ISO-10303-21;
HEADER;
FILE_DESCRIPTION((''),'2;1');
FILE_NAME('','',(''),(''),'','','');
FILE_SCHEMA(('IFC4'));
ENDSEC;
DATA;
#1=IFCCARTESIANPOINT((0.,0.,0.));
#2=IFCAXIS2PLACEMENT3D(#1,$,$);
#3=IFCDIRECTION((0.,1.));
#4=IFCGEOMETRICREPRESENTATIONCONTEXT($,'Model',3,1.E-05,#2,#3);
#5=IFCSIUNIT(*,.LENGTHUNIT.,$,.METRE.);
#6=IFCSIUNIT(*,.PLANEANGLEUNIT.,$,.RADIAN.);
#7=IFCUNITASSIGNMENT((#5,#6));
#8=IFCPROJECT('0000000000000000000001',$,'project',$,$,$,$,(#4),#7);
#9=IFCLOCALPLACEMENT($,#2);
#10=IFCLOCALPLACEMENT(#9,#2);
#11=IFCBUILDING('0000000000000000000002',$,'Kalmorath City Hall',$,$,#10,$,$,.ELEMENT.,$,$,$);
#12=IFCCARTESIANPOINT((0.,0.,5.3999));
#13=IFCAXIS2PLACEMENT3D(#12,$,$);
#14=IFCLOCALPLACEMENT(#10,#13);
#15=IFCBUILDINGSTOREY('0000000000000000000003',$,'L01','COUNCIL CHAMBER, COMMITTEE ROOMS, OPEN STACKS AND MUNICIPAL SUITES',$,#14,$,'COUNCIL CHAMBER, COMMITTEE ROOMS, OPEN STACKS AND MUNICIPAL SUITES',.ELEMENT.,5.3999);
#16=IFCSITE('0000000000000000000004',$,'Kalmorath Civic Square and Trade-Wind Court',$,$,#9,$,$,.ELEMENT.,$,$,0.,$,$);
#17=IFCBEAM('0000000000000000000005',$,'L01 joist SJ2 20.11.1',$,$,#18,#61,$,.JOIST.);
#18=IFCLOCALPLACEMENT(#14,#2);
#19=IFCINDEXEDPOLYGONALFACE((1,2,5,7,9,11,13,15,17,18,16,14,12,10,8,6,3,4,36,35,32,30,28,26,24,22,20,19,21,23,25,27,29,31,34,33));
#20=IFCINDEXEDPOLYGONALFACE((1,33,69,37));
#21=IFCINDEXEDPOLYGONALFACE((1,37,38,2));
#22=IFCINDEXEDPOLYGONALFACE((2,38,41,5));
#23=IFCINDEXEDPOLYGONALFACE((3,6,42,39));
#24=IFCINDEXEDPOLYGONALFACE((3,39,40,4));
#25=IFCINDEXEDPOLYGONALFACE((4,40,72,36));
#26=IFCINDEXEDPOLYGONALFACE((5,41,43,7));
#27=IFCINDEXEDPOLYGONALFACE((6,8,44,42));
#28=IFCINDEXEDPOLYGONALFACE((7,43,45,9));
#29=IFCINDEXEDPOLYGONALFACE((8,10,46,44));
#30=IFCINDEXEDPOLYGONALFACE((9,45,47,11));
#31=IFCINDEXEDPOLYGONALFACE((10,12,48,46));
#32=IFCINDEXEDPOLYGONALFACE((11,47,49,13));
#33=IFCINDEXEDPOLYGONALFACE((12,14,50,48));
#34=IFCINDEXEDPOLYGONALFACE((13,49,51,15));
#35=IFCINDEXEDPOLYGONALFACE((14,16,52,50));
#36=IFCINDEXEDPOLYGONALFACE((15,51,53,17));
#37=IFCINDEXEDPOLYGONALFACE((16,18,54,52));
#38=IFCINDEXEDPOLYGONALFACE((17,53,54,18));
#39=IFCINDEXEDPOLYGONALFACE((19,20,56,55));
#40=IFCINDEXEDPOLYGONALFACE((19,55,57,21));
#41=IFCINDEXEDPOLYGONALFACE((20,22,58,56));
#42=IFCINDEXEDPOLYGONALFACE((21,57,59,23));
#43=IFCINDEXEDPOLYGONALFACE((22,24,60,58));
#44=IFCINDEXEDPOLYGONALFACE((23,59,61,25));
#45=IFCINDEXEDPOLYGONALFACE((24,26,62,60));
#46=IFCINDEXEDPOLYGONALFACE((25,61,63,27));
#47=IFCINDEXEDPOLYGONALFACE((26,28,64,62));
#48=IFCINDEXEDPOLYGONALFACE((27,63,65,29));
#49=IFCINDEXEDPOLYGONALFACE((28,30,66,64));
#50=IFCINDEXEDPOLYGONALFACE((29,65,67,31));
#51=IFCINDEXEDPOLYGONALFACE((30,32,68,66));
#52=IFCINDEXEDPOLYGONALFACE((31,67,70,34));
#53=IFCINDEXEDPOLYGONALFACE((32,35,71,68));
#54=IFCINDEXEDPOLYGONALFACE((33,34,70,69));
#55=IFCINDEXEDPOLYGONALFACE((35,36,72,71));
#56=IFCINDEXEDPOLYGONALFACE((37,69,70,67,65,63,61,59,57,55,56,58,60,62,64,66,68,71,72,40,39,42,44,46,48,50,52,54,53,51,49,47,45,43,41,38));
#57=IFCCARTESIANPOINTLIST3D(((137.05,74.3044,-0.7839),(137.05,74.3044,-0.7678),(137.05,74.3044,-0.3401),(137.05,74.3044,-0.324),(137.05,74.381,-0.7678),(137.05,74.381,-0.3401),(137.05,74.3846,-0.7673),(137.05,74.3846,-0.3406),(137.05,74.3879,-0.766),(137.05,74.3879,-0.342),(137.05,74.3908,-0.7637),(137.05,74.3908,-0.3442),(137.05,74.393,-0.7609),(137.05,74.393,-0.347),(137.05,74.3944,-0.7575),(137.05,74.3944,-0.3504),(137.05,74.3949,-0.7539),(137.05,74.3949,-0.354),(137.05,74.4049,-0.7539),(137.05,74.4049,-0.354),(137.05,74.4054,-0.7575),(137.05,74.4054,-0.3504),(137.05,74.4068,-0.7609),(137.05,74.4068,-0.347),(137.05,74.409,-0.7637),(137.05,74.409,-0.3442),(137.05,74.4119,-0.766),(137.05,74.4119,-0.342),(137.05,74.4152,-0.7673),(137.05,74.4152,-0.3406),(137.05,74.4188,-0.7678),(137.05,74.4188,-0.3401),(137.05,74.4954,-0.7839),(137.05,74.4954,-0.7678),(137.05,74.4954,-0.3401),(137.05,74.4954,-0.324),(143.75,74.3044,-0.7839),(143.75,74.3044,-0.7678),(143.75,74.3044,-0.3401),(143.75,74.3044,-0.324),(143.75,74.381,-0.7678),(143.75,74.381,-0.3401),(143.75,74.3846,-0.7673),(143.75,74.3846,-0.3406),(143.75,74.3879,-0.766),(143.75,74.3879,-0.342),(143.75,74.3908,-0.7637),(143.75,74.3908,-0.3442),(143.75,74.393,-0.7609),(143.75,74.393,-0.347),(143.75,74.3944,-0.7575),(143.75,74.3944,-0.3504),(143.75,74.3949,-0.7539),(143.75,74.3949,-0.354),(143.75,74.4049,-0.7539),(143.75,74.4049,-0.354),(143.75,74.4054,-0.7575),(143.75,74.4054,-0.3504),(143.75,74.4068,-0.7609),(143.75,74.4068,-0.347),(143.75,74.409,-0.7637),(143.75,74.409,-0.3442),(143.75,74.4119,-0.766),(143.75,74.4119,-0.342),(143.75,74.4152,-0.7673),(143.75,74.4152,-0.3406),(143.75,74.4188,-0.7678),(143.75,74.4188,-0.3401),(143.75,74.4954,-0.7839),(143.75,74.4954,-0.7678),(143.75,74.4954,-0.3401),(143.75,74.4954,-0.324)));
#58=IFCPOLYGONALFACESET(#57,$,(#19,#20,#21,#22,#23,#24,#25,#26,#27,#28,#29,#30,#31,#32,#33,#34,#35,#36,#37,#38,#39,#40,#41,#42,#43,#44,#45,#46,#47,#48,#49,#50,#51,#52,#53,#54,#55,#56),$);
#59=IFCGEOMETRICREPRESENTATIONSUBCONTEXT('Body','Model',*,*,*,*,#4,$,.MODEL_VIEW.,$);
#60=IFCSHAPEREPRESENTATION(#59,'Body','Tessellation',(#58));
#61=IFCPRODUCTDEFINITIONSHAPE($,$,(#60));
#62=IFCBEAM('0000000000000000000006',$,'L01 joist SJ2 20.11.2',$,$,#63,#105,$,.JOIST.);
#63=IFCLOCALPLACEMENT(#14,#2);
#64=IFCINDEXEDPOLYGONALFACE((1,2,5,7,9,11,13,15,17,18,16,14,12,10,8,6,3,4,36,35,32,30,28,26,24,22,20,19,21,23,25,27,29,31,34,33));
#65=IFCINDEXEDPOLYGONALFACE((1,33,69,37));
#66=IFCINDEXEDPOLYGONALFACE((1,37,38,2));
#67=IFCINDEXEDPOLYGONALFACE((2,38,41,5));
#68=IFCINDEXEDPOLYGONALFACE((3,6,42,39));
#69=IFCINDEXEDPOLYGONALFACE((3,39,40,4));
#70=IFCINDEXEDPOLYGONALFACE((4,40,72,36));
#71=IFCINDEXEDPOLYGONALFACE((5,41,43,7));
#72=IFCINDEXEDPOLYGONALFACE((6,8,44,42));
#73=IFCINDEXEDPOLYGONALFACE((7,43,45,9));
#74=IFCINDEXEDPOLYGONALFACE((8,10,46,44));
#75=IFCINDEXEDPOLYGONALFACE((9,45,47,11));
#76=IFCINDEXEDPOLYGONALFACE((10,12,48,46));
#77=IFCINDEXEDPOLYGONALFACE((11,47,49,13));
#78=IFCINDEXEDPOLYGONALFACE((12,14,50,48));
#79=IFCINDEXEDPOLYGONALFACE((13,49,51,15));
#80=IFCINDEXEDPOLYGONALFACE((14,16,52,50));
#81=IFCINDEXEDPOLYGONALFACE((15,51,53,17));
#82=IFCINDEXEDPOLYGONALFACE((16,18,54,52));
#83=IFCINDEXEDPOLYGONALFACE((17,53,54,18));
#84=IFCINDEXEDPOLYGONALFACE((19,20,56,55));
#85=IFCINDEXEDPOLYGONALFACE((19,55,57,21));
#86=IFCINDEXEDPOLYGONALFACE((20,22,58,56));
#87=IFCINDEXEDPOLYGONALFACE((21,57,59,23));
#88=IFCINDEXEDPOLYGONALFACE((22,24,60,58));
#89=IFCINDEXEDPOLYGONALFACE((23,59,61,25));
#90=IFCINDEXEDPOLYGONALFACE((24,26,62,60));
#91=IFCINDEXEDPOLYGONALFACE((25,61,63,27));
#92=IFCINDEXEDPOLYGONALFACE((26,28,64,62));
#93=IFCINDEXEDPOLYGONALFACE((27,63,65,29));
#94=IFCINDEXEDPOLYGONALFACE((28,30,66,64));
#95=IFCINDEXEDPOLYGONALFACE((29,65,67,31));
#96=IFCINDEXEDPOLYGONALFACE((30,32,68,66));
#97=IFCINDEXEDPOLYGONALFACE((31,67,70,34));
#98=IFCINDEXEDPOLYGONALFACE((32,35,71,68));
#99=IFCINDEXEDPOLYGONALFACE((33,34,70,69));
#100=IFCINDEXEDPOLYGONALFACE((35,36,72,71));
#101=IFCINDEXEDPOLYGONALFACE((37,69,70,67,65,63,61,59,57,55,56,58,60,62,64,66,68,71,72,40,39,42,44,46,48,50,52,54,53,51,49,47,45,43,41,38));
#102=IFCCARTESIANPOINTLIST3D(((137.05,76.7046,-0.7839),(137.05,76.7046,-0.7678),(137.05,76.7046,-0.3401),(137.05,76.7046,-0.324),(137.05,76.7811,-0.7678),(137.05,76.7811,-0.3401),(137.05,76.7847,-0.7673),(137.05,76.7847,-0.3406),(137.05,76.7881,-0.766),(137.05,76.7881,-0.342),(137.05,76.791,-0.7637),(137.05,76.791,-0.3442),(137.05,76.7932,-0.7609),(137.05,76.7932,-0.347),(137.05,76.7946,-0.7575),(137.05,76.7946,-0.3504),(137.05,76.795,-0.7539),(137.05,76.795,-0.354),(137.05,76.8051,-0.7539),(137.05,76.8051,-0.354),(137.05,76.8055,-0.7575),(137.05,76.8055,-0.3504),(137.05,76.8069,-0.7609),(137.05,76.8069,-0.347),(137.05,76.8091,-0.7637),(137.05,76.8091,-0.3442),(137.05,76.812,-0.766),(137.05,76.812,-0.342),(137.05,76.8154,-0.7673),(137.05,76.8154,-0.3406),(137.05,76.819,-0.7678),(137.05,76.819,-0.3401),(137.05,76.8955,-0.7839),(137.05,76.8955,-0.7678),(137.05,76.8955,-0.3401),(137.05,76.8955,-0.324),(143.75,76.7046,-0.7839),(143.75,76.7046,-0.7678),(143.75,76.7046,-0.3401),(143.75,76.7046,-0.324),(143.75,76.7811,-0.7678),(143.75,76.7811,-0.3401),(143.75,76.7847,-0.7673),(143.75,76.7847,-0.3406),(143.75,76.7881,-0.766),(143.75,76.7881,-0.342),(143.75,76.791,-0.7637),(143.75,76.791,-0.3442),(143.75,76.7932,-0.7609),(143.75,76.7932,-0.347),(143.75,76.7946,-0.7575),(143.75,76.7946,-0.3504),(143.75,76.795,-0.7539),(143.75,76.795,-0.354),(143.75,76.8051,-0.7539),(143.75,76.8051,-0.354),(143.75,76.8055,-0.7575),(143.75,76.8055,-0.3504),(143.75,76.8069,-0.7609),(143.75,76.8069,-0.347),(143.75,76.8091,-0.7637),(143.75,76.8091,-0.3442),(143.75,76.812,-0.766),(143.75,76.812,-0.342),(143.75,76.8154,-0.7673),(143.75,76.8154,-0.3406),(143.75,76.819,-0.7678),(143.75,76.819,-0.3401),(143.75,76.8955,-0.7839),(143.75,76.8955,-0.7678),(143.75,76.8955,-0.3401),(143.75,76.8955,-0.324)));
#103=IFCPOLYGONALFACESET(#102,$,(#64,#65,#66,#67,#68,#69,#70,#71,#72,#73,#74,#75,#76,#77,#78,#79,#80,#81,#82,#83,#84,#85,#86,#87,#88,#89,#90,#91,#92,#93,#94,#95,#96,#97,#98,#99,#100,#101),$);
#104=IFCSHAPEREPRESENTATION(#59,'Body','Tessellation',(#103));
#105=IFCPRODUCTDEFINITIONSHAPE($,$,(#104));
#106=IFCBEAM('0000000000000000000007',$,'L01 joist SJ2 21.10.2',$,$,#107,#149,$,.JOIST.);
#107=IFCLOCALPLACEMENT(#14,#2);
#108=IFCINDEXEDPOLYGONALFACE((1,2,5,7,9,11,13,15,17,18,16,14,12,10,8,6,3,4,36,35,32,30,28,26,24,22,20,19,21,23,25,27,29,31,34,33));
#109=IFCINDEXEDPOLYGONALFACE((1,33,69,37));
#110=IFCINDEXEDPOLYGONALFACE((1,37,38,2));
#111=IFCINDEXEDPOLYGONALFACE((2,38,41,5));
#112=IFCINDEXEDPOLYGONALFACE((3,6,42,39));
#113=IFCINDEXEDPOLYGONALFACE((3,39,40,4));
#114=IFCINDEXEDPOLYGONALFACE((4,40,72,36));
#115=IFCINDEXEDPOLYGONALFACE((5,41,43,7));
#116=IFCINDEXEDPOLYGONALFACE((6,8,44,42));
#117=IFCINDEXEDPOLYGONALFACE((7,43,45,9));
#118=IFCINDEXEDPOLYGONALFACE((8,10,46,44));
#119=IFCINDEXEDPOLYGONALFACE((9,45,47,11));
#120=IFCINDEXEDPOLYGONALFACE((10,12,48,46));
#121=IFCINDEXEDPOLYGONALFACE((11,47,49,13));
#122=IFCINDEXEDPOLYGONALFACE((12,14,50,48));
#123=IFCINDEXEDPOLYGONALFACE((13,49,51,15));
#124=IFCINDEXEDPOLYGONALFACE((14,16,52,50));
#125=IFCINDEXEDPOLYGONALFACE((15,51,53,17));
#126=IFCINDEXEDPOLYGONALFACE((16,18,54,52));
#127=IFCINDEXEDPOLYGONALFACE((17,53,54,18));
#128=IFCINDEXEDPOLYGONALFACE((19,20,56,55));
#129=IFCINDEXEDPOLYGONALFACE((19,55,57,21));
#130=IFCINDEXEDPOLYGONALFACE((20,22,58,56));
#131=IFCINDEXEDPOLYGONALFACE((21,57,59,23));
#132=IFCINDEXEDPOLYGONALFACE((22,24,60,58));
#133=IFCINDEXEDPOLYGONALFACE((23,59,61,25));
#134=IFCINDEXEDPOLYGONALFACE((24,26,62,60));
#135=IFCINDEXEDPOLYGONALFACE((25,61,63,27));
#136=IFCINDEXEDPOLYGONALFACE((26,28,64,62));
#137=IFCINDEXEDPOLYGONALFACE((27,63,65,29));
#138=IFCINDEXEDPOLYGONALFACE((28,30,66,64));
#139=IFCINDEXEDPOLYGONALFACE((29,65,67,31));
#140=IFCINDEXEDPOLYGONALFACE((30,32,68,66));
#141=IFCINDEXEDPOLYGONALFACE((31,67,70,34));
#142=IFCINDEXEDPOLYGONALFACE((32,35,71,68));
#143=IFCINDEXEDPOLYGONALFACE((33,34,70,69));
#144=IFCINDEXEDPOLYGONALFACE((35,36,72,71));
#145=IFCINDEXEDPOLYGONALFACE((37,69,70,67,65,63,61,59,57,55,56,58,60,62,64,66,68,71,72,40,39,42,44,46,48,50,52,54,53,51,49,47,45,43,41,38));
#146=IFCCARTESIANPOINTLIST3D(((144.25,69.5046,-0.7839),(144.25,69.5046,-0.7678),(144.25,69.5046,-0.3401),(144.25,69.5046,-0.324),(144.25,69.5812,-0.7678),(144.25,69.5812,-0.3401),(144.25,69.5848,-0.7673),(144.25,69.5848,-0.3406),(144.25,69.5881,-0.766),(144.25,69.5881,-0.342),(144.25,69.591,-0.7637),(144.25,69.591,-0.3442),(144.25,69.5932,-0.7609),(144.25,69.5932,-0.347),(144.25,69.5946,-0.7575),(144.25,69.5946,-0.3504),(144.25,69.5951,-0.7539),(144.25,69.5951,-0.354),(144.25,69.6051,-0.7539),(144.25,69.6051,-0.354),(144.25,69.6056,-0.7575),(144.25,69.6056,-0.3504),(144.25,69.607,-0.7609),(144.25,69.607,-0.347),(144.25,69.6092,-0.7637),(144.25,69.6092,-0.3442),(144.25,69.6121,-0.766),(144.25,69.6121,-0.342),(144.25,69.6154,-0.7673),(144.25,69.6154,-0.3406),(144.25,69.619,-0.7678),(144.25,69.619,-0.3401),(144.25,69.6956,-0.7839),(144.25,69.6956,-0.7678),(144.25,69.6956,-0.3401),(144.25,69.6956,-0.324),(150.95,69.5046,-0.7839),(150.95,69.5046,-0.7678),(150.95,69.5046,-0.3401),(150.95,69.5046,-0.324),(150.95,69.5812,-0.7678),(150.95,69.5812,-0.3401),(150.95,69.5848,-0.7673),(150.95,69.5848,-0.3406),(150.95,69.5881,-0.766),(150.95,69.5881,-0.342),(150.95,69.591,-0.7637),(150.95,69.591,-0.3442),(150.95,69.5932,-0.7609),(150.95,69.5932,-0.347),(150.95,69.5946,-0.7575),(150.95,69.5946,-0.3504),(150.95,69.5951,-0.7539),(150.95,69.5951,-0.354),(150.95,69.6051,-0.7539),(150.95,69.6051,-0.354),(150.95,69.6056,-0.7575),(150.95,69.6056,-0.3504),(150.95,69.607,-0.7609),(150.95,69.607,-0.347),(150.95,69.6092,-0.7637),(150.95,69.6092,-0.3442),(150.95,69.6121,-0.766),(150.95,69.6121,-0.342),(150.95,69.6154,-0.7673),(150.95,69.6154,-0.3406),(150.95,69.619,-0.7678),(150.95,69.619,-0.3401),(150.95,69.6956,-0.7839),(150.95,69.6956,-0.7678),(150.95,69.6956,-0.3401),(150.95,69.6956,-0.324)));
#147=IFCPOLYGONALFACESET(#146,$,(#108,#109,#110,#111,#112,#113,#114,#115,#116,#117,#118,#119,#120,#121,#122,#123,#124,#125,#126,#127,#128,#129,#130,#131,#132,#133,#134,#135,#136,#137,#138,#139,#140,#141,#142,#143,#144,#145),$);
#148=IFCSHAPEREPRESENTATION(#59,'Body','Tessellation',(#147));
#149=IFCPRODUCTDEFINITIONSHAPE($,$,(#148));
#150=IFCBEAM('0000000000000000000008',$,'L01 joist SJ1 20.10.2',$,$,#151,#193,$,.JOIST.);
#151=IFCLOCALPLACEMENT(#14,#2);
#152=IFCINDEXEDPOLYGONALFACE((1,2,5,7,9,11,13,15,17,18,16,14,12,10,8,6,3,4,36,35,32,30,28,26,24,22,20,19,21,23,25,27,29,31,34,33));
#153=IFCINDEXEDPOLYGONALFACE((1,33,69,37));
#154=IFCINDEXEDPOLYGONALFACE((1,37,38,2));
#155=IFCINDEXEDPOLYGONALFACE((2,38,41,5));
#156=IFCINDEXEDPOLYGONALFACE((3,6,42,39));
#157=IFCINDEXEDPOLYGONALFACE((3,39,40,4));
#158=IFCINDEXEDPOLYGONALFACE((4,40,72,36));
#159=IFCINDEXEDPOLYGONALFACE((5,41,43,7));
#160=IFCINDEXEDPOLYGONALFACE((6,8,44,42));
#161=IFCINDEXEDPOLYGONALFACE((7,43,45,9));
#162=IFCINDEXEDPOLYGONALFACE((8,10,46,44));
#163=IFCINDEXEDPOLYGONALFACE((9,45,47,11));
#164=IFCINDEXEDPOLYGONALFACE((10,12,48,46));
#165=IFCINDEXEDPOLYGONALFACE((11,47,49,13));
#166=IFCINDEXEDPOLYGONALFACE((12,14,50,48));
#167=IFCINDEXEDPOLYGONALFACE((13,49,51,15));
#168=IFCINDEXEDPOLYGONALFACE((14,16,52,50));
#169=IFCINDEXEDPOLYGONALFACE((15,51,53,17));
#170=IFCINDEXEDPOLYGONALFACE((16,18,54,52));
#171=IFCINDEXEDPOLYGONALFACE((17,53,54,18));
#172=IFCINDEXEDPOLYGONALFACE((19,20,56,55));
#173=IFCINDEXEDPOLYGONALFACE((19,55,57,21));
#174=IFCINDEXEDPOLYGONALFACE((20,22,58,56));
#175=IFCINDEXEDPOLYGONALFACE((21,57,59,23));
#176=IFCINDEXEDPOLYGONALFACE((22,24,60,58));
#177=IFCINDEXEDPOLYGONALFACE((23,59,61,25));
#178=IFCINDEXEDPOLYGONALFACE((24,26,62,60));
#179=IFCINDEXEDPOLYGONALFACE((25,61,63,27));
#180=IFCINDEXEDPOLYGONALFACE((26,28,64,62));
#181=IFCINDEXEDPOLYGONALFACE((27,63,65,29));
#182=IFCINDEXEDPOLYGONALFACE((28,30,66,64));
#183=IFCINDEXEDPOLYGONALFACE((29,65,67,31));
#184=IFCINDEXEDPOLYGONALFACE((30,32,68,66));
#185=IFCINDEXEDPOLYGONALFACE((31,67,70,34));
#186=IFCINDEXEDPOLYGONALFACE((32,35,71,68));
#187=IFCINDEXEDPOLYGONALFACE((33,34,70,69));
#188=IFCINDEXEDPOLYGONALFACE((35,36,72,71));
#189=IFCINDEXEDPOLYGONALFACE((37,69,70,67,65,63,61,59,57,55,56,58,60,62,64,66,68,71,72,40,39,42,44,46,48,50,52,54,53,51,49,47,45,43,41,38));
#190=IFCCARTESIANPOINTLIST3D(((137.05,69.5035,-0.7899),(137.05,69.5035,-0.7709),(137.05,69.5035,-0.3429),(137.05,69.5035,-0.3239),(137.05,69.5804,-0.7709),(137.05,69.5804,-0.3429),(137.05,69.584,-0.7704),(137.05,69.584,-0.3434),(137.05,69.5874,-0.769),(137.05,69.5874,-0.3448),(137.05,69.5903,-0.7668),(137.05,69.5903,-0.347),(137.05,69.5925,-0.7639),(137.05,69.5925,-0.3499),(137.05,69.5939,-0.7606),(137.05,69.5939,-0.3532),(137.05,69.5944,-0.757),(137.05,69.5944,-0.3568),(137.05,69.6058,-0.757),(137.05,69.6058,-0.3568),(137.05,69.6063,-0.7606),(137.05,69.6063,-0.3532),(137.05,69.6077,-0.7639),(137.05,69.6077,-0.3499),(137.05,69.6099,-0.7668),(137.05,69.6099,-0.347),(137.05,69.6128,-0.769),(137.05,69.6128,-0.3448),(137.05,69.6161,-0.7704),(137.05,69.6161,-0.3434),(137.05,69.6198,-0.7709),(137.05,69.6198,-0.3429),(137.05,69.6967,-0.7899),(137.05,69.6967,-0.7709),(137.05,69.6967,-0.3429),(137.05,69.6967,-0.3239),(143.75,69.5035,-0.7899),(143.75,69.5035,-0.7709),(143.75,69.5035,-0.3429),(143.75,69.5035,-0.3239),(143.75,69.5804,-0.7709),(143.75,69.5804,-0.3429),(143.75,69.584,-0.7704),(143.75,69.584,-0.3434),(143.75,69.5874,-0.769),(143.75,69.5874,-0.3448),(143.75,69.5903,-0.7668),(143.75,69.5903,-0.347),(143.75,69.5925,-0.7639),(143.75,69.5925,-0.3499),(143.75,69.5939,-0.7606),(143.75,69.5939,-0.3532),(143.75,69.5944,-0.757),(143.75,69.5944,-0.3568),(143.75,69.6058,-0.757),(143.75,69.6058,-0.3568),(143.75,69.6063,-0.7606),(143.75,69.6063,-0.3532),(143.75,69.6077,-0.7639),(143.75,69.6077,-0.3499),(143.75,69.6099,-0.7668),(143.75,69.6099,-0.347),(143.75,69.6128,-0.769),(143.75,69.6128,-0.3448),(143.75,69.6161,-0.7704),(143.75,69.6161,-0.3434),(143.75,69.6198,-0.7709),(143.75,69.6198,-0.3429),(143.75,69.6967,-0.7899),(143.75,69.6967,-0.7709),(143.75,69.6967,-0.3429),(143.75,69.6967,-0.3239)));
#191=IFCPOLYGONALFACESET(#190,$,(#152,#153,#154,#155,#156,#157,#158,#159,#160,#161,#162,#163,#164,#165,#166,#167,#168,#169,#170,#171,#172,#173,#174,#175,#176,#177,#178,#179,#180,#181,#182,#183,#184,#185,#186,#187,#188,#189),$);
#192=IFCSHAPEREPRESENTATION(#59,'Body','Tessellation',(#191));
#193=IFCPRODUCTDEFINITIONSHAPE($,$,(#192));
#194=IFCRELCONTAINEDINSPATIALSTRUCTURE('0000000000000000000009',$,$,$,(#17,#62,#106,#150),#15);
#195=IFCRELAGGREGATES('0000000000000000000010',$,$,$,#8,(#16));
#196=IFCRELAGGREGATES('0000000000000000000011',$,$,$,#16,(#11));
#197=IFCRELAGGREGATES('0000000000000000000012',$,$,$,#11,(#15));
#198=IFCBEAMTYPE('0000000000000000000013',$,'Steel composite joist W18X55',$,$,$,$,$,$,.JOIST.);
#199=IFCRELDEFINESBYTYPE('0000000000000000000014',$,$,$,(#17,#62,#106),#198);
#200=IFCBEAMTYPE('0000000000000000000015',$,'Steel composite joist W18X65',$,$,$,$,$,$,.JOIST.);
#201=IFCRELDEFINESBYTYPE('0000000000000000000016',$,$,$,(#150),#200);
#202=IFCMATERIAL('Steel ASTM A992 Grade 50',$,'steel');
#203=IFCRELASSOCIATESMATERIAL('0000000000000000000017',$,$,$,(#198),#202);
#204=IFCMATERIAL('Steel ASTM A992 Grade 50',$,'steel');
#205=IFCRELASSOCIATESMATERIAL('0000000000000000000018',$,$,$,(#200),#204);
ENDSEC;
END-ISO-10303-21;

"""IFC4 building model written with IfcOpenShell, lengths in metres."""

from ifc_helpers import new_model, si_unit, direction, frame, origin, origin_2d, place, context, subcontext, project, spatial, i_section, extrude, material, material_profile, profile_set, type_object, element, save


model = new_model("IFC4")

# Units and contexts
model_context = context("Model", 3, precision=1e-05, world=origin(), true_north=direction((0.0, 1.0)))
body_context = subcontext(model_context, "Body", "Model", "MODEL_VIEW")
ifc_project = project(units=[si_unit("LENGTHUNIT", "METRE"), si_unit("PLANEANGLEUNIT", "RADIAN")], contexts=[model_context])

# Site, building, storey
site_placement = place(None, origin())
site = spatial("IfcSite", under=ifc_project, at=site_placement, Name="Kalmorath Civic Square and Trade-Wind Court", CompositionType="ELEMENT", RefElevation=0.0)
building_placement = place(site_placement, origin())
building = spatial("IfcBuilding", under=site, at=building_placement, Name="Kalmorath City Hall", CompositionType="ELEMENT")
storey_placement = place(building_placement, frame((0.0, 0.0, 5.3999)))
storey = spatial("IfcBuildingStorey", under=building, at=storey_placement, Name="L01", Description="COUNCIL CHAMBER, COMMITTEE ROOMS, OPEN STACKS AND MUNICIPAL SUITES", LongName="COUNCIL CHAMBER, COMMITTEE ROOMS, OPEN STACKS AND MUNICIPAL SUITES", CompositionType="ELEMENT", Elevation=5.3999)

# Beams
ifc_material_1 = material(Name="Steel ASTM A992 Grade 50", Category="steel")
ifc_material_profile_1 = material_profile(ifc_material_1, i_section(OverallWidth=0.1909, OverallDepth=0.46, WebThickness=0.01, FlangeThickness=0.0161, FilletRadius=0.0139, at=origin_2d()), Name="W18X55")
ifc_profile_set_1 = profile_set([ifc_material_profile_1], Name="Steel ASTM A992 Grade 50")
beam_type_1 = type_object("IfcBeamType", Name="Steel composite joist W18X55", PredefinedType="JOIST", material=ifc_profile_set_1)
for number, where, z_axis, x_axis, name in (
    (1, (137.05, 74.3999, -0.554), (1.0, 0.0, 0.0), (0.0, 1.0, 0.0), "L01 joist SJ2 20.11.1"),
    (2, (137.05, 76.8, -0.554), (1.0, 0.0, 0.0), (0.0, 1.0, 0.0), "L01 joist SJ2 20.11.2"),
    (3, (144.25, 69.6001, -0.554), (1.0, 0.0, 0.0), (0.0, 1.0, 0.0), "L01 joist SJ2 21.10.2"),
):
    element("IfcBeam", number, at=place(storey_placement, frame(where, z_axis=z_axis, x_axis=x_axis)), inside=storey, type_object=beam_type_1, Name=name, PredefinedType="JOIST", context=body_context, shape_type="SweptSolid", body=[
        extrude(i_section(OverallWidth=0.1909, OverallDepth=0.46, WebThickness=0.01, FlangeThickness=0.0161, FilletRadius=0.0139, at=origin_2d()), origin(), (0.0, 0.0, 1.0), 6.7),
    ])
ifc_material_2 = material(Name="Steel ASTM A992 Grade 50", Category="steel")
ifc_material_profile_2 = material_profile(ifc_material_2, i_section(OverallWidth=0.1931, OverallDepth=0.4661, WebThickness=0.0115, FlangeThickness=0.019, FilletRadius=0.0139, at=origin_2d()), Name="W18X65")
ifc_profile_set_2 = profile_set([ifc_material_profile_2], Name="Steel ASTM A992 Grade 50")
beam_type_2 = type_object("IfcBeamType", Name="Steel composite joist W18X65", PredefinedType="JOIST", material=ifc_profile_set_2)
beam_placement = place(storey_placement, frame((137.05, 69.6001, -0.5569), z_axis=(1.0, 0.0, 0.0), x_axis=(0.0, 1.0, 0.0)))
element("IfcBeam", 4, at=beam_placement, inside=storey, type_object=beam_type_2, Name="L01 joist SJ1 20.10.2", PredefinedType="JOIST", context=body_context, shape_type="SweptSolid", body=[
    extrude(i_section(OverallWidth=0.1931, OverallDepth=0.4661, WebThickness=0.0115, FlangeThickness=0.019, FilletRadius=0.0139, at=origin_2d()), origin(), (0.0, 0.0, 1.0), 6.7),
])

save(model, "model.ifc")
